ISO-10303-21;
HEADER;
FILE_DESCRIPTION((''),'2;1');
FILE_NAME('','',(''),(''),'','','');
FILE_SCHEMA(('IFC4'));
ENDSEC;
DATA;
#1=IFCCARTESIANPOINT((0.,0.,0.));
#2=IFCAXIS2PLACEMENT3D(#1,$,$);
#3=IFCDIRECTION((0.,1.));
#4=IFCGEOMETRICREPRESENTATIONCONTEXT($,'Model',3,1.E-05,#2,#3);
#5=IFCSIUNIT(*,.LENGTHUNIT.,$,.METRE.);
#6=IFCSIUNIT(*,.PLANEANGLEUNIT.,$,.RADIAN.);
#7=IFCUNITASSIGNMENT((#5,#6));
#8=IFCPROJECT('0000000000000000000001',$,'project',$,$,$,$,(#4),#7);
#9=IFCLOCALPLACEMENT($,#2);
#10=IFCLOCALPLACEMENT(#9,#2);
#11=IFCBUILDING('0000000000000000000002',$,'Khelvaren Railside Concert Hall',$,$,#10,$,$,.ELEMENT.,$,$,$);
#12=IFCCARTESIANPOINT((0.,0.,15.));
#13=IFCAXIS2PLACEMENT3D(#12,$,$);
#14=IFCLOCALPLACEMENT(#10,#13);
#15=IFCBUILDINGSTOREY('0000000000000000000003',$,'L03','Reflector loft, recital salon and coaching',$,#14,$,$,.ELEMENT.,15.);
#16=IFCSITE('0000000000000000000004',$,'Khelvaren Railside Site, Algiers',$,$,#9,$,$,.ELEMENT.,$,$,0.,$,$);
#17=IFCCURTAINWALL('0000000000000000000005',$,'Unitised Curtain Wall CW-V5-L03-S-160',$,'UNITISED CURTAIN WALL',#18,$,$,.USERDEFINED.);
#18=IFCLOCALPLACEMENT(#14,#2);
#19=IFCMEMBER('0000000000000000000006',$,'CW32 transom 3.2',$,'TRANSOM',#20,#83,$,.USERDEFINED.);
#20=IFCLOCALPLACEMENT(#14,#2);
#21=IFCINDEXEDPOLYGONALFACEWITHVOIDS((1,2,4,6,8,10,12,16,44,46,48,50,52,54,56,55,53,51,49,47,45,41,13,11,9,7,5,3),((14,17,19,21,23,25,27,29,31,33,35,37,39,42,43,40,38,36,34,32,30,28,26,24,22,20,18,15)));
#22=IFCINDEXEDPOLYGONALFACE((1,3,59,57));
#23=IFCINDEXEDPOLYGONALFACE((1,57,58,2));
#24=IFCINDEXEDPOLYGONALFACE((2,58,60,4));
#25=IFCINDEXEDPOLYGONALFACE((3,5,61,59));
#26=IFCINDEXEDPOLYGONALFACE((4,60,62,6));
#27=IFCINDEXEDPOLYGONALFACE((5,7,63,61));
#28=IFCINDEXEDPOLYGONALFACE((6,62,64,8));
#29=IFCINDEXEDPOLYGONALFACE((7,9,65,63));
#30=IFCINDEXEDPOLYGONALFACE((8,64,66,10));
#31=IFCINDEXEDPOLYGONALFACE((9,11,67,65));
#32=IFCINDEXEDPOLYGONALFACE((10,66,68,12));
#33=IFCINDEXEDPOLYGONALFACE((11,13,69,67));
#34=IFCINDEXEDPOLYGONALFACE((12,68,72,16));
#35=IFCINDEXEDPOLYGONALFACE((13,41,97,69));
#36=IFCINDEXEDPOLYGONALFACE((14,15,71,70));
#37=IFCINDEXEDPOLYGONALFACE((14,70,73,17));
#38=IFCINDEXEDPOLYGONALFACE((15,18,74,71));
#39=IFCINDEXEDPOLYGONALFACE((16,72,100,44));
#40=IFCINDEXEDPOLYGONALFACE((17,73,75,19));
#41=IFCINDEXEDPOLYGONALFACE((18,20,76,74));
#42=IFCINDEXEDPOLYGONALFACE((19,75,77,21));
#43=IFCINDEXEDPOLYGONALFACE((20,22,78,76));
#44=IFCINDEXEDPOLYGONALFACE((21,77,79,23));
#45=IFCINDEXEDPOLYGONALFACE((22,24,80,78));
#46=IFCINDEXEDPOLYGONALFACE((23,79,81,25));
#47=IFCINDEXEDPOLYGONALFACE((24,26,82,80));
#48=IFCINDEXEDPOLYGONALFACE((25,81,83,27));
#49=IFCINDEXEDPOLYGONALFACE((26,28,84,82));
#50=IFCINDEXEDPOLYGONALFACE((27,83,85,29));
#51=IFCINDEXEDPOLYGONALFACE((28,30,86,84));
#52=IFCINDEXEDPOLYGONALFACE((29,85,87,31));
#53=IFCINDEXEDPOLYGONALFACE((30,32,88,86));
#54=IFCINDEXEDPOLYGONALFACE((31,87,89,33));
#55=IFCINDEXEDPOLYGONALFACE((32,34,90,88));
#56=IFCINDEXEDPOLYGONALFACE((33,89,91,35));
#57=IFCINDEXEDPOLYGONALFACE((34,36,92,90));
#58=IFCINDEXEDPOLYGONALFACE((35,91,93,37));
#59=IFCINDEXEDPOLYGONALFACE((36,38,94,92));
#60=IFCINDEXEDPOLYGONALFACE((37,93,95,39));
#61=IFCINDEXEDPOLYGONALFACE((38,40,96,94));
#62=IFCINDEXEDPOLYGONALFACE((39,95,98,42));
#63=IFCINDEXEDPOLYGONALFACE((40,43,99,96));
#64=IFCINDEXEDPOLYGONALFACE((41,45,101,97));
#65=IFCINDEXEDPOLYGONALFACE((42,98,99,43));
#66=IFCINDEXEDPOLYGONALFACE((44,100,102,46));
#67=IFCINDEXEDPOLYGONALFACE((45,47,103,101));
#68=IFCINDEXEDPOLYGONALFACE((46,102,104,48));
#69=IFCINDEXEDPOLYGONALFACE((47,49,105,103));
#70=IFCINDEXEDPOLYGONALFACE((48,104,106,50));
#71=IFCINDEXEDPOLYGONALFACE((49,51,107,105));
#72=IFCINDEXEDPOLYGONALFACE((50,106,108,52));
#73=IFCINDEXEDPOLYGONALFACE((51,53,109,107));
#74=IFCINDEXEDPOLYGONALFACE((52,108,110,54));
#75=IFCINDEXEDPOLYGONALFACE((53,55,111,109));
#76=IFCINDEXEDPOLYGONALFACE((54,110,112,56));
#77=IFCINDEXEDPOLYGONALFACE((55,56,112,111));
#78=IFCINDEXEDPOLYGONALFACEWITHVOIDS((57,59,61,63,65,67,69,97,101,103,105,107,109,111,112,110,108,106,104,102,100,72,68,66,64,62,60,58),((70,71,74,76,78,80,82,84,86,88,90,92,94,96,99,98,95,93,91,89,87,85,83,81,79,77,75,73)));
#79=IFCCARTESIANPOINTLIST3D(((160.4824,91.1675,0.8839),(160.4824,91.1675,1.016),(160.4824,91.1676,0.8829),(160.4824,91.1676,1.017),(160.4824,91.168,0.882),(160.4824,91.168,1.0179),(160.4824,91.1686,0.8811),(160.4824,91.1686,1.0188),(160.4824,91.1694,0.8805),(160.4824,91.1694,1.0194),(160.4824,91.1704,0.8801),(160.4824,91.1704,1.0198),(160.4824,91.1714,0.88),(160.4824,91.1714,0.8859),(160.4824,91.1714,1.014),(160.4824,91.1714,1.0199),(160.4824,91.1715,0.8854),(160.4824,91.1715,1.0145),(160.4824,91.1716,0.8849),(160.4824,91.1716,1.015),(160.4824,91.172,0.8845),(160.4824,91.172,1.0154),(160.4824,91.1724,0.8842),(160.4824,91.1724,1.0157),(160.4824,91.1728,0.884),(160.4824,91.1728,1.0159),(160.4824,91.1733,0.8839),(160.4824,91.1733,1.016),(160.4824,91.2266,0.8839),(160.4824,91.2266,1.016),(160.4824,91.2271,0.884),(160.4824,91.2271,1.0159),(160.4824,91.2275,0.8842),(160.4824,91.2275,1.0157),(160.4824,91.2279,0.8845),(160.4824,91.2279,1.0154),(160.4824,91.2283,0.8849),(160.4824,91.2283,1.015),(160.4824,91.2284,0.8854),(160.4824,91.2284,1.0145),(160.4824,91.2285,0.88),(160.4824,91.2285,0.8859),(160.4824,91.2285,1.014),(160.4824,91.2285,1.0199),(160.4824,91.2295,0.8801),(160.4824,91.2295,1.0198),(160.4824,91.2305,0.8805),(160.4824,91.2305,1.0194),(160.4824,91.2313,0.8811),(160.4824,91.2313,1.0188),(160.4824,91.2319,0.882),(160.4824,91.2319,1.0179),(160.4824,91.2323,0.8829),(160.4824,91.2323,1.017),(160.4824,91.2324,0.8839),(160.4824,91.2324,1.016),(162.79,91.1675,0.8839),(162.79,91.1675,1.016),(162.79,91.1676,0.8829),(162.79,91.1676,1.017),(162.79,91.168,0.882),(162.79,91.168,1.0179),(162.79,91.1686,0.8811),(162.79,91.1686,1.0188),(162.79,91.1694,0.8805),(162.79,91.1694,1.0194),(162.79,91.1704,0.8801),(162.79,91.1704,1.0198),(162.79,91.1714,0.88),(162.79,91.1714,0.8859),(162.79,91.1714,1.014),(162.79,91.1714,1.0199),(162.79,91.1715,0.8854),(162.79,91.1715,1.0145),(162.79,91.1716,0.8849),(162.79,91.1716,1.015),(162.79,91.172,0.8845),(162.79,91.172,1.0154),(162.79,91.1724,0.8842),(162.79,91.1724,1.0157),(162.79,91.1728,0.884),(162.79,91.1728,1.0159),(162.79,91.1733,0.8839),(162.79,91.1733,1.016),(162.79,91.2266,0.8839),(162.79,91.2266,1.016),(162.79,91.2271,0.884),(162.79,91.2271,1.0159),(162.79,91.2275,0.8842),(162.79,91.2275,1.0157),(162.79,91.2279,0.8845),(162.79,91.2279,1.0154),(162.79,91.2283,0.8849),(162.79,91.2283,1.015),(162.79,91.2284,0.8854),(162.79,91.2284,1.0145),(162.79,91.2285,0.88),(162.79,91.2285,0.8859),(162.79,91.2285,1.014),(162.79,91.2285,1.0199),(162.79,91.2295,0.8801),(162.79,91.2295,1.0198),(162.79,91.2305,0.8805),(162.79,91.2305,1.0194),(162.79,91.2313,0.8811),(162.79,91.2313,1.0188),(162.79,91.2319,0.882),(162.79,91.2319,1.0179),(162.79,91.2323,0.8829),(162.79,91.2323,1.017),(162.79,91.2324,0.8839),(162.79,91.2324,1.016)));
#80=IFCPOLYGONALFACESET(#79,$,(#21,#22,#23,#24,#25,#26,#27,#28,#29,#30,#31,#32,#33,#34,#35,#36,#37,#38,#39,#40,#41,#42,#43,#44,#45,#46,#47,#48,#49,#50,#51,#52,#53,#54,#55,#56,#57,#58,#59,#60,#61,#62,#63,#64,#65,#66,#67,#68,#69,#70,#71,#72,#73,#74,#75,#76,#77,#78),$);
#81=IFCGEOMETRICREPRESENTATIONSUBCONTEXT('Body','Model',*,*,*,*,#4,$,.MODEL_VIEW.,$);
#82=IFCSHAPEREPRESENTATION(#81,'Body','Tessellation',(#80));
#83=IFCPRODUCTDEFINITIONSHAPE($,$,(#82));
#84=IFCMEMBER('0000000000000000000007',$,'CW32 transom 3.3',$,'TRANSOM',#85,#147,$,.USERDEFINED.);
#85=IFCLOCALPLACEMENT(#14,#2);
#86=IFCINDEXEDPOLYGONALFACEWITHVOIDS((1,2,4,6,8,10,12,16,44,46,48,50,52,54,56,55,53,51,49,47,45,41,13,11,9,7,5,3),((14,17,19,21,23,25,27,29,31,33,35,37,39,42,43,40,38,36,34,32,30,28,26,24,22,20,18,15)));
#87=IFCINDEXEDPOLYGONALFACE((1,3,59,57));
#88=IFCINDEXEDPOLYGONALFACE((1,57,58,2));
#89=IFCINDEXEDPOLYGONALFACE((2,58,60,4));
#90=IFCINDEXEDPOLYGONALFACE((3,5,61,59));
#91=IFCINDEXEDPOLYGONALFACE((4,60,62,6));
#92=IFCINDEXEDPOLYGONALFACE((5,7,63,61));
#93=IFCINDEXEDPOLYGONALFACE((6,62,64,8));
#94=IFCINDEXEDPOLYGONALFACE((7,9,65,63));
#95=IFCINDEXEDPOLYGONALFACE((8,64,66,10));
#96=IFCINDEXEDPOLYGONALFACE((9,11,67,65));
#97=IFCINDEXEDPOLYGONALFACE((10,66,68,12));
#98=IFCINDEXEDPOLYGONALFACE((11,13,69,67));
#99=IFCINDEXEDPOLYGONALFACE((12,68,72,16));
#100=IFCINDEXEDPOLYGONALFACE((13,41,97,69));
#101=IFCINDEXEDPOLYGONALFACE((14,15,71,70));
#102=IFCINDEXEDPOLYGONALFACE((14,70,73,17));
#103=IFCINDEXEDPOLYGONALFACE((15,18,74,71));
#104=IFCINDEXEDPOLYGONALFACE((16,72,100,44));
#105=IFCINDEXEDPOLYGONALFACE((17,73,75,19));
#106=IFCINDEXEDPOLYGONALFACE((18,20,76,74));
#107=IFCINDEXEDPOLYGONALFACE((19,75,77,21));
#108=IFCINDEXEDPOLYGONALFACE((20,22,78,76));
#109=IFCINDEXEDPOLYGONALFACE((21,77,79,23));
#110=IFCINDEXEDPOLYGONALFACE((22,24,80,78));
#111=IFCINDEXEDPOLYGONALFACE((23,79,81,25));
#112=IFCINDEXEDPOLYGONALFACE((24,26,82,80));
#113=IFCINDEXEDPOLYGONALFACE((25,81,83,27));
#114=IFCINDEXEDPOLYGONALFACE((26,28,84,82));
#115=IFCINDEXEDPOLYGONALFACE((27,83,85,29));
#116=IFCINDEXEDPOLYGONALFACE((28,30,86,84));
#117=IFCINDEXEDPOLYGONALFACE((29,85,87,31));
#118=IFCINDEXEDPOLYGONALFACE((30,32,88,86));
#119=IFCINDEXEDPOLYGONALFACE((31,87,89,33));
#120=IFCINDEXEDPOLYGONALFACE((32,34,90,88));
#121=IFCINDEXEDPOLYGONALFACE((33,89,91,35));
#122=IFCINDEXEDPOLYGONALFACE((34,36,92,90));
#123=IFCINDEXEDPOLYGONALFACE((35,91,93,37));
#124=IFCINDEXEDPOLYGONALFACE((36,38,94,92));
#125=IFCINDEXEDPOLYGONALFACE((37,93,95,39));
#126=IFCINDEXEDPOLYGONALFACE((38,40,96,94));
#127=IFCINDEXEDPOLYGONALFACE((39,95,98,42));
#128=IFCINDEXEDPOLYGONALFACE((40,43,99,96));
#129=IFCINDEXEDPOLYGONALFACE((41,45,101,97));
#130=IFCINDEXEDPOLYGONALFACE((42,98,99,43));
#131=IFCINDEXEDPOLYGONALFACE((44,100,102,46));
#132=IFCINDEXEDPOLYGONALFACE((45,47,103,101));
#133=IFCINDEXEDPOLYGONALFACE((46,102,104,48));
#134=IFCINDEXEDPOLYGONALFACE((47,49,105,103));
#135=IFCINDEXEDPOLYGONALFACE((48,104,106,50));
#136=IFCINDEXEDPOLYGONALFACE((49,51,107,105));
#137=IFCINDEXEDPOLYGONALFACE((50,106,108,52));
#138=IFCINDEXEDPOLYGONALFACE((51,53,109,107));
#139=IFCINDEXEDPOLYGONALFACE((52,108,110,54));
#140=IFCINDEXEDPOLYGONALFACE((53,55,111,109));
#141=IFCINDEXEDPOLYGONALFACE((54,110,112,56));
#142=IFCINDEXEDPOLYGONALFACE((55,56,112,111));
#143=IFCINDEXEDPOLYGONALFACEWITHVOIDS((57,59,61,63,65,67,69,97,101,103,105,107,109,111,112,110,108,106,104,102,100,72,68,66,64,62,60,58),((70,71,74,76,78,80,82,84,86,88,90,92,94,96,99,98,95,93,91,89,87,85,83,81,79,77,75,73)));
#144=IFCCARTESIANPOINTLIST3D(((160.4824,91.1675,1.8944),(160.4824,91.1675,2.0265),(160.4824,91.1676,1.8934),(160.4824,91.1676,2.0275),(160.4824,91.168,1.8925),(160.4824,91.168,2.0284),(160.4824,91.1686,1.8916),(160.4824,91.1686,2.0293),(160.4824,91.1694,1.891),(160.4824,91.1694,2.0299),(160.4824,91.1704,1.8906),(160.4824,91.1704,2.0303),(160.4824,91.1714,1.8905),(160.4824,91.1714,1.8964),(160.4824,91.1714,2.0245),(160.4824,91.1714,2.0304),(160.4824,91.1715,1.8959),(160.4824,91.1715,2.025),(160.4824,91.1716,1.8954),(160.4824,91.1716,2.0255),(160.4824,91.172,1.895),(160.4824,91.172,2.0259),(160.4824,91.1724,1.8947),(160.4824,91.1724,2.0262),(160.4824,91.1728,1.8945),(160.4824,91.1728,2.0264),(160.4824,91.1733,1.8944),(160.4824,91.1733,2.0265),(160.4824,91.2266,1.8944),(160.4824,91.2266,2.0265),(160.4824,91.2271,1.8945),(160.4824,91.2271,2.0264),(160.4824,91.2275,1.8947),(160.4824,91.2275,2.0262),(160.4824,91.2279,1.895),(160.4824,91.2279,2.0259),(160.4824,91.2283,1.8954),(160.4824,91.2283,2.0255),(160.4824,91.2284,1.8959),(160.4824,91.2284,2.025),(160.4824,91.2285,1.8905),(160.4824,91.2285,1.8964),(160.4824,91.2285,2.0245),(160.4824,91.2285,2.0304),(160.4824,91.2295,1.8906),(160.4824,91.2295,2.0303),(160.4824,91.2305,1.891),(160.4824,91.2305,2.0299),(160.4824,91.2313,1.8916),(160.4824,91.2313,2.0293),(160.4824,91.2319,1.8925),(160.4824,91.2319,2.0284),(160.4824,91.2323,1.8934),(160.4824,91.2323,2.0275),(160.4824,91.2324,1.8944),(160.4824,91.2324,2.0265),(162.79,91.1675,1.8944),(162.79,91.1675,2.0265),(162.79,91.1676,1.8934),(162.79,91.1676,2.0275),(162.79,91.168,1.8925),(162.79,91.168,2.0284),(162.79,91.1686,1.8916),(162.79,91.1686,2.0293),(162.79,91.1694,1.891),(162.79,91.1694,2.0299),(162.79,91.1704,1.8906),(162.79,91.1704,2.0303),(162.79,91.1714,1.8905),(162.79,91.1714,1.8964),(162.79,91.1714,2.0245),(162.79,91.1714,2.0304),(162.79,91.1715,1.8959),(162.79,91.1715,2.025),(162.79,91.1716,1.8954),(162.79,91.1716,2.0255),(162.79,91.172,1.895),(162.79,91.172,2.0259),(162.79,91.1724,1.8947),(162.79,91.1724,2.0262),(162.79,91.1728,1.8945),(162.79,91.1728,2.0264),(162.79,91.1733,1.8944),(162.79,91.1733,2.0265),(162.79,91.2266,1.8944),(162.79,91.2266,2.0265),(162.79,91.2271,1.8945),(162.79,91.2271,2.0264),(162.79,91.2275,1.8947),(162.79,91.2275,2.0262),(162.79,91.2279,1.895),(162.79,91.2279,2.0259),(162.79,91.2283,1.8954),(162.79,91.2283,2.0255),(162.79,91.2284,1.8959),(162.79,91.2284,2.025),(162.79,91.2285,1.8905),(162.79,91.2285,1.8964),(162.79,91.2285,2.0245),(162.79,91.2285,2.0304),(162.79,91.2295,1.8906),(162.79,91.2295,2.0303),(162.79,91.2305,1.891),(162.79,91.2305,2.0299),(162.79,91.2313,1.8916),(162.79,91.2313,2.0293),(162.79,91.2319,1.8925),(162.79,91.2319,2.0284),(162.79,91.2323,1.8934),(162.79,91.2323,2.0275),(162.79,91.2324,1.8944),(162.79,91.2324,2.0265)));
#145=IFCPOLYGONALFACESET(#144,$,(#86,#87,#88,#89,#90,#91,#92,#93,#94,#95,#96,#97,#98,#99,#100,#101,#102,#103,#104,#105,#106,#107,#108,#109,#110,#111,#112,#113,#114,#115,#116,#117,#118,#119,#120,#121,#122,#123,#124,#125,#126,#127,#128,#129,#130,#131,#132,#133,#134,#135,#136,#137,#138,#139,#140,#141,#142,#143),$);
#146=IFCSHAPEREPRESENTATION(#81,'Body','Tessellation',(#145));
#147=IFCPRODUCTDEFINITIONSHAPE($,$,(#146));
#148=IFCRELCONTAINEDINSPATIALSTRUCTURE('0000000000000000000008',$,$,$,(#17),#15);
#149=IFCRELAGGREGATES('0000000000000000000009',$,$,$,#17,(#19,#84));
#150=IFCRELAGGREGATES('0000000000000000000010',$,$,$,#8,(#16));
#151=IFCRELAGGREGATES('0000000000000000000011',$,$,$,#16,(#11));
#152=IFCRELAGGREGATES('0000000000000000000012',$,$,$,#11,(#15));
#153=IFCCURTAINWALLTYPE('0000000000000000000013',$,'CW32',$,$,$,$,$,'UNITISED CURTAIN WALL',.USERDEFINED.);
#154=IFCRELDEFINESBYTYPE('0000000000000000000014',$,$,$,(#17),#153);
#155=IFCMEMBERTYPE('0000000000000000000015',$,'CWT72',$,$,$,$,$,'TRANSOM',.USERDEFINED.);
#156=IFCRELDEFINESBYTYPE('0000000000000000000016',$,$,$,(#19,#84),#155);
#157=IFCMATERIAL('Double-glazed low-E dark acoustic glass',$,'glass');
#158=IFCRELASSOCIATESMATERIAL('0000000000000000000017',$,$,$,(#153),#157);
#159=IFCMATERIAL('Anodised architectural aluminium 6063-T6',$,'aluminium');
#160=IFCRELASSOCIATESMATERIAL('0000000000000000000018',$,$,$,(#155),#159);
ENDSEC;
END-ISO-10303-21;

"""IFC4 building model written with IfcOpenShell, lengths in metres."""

from ifc_helpers import new_model, si_unit, direction, frame, origin, origin_2d, place, context, subcontext, project, spatial, hollow_rectangle, extrude, material, material_profile, profile_set, type_object, element, aggregate, save


model = new_model("IFC4")

# Units and contexts
model_context = context("Model", 3, precision=1e-05, world=origin(), true_north=direction((0.0, 1.0)))
body_context = subcontext(model_context, "Body", "Model", "MODEL_VIEW")
ifc_project = project(units=[si_unit("LENGTHUNIT", "METRE"), si_unit("PLANEANGLEUNIT", "RADIAN")], contexts=[model_context])

# Site, building, storey
site_placement = place(None, origin())
site = spatial("IfcSite", under=ifc_project, at=site_placement, Name="Khelvaren Railside Site, Algiers", CompositionType="ELEMENT", RefElevation=0.0)
building_placement = place(site_placement, origin())
building = spatial("IfcBuilding", under=site, at=building_placement, Name="Khelvaren Railside Concert Hall", CompositionType="ELEMENT")
storey_placement = place(building_placement, frame((0.0, 0.0, 15.0)))
storey = spatial("IfcBuildingStorey", under=building, at=storey_placement, Name="L03", Description="Reflector loft, recital salon and coaching", CompositionType="ELEMENT", Elevation=15.0)

# Curtain wall
ifc_material_1 = material(Name="Double-glazed low-E dark acoustic glass", Category="glass")
curtain_wall_type_1 = type_object("IfcCurtainWallType", Name="CW32", ElementType="UNITISED CURTAIN WALL", PredefinedType="USERDEFINED", material=ifc_material_1)
curtain_wall_1_placement = place(storey_placement, origin())
curtain_wall_1 = element("IfcCurtainWall", 1, at=curtain_wall_1_placement, inside=storey, type_object=curtain_wall_type_1, Name="Unitised Curtain Wall CW-V5-L03-S-160", ObjectType="UNITISED CURTAIN WALL", PredefinedType="USERDEFINED")
ifc_material_2 = material(Name="Anodised architectural aluminium 6063-T6", Category="aluminium")

# Members
ifc_material_profile_1 = material_profile(ifc_material_2, hollow_rectangle(XDim=0.0649, YDim=0.1399, WallThickness=0.0039, InnerFilletRadius=0.002, OuterFilletRadius=0.0039, at=origin_2d()), Name="CWT 65x140x4")
ifc_profile_set_1 = profile_set([ifc_material_profile_1], Name="Anodised architectural aluminium 6063-T6")
member_type_1 = type_object("IfcMemberType", Name="CWT72", ElementType="TRANSOM", PredefinedType="USERDEFINED", material=ifc_profile_set_1)
member_1_placement = place(storey_placement, frame((162.79, 91.2, 0.95), z_axis=(-1.0, 0.0, 0.0), x_axis=(0.0, -1.0, 0.0)))
member_1 = element("IfcMember", 2, at=member_1_placement, type_object=member_type_1, Name="CW32 transom 3.2", ObjectType="TRANSOM", PredefinedType="USERDEFINED", context=body_context, shape_type="SweptSolid", body=[
    extrude(hollow_rectangle(XDim=0.0649, YDim=0.1399, WallThickness=0.0039, InnerFilletRadius=0.002, OuterFilletRadius=0.0039, at=origin_2d()), origin(), (0.0, 0.0, 1.0), 2.3076),
])
member_2_placement = place(storey_placement, frame((162.79, 91.2, 1.9604), z_axis=(-1.0, 0.0, 0.0), x_axis=(0.0, -1.0, 0.0)))
member_2 = element("IfcMember", 3, at=member_2_placement, type_object=member_type_1, Name="CW32 transom 3.3", ObjectType="TRANSOM", PredefinedType="USERDEFINED", context=body_context, shape_type="SweptSolid", body=[
    extrude(hollow_rectangle(XDim=0.0649, YDim=0.1399, WallThickness=0.0039, InnerFilletRadius=0.002, OuterFilletRadius=0.0039, at=origin_2d()), origin(), (0.0, 0.0, 1.0), 2.3076),
])

aggregate(curtain_wall_1, [member_1, member_2])

save(model, "model.ifc")
